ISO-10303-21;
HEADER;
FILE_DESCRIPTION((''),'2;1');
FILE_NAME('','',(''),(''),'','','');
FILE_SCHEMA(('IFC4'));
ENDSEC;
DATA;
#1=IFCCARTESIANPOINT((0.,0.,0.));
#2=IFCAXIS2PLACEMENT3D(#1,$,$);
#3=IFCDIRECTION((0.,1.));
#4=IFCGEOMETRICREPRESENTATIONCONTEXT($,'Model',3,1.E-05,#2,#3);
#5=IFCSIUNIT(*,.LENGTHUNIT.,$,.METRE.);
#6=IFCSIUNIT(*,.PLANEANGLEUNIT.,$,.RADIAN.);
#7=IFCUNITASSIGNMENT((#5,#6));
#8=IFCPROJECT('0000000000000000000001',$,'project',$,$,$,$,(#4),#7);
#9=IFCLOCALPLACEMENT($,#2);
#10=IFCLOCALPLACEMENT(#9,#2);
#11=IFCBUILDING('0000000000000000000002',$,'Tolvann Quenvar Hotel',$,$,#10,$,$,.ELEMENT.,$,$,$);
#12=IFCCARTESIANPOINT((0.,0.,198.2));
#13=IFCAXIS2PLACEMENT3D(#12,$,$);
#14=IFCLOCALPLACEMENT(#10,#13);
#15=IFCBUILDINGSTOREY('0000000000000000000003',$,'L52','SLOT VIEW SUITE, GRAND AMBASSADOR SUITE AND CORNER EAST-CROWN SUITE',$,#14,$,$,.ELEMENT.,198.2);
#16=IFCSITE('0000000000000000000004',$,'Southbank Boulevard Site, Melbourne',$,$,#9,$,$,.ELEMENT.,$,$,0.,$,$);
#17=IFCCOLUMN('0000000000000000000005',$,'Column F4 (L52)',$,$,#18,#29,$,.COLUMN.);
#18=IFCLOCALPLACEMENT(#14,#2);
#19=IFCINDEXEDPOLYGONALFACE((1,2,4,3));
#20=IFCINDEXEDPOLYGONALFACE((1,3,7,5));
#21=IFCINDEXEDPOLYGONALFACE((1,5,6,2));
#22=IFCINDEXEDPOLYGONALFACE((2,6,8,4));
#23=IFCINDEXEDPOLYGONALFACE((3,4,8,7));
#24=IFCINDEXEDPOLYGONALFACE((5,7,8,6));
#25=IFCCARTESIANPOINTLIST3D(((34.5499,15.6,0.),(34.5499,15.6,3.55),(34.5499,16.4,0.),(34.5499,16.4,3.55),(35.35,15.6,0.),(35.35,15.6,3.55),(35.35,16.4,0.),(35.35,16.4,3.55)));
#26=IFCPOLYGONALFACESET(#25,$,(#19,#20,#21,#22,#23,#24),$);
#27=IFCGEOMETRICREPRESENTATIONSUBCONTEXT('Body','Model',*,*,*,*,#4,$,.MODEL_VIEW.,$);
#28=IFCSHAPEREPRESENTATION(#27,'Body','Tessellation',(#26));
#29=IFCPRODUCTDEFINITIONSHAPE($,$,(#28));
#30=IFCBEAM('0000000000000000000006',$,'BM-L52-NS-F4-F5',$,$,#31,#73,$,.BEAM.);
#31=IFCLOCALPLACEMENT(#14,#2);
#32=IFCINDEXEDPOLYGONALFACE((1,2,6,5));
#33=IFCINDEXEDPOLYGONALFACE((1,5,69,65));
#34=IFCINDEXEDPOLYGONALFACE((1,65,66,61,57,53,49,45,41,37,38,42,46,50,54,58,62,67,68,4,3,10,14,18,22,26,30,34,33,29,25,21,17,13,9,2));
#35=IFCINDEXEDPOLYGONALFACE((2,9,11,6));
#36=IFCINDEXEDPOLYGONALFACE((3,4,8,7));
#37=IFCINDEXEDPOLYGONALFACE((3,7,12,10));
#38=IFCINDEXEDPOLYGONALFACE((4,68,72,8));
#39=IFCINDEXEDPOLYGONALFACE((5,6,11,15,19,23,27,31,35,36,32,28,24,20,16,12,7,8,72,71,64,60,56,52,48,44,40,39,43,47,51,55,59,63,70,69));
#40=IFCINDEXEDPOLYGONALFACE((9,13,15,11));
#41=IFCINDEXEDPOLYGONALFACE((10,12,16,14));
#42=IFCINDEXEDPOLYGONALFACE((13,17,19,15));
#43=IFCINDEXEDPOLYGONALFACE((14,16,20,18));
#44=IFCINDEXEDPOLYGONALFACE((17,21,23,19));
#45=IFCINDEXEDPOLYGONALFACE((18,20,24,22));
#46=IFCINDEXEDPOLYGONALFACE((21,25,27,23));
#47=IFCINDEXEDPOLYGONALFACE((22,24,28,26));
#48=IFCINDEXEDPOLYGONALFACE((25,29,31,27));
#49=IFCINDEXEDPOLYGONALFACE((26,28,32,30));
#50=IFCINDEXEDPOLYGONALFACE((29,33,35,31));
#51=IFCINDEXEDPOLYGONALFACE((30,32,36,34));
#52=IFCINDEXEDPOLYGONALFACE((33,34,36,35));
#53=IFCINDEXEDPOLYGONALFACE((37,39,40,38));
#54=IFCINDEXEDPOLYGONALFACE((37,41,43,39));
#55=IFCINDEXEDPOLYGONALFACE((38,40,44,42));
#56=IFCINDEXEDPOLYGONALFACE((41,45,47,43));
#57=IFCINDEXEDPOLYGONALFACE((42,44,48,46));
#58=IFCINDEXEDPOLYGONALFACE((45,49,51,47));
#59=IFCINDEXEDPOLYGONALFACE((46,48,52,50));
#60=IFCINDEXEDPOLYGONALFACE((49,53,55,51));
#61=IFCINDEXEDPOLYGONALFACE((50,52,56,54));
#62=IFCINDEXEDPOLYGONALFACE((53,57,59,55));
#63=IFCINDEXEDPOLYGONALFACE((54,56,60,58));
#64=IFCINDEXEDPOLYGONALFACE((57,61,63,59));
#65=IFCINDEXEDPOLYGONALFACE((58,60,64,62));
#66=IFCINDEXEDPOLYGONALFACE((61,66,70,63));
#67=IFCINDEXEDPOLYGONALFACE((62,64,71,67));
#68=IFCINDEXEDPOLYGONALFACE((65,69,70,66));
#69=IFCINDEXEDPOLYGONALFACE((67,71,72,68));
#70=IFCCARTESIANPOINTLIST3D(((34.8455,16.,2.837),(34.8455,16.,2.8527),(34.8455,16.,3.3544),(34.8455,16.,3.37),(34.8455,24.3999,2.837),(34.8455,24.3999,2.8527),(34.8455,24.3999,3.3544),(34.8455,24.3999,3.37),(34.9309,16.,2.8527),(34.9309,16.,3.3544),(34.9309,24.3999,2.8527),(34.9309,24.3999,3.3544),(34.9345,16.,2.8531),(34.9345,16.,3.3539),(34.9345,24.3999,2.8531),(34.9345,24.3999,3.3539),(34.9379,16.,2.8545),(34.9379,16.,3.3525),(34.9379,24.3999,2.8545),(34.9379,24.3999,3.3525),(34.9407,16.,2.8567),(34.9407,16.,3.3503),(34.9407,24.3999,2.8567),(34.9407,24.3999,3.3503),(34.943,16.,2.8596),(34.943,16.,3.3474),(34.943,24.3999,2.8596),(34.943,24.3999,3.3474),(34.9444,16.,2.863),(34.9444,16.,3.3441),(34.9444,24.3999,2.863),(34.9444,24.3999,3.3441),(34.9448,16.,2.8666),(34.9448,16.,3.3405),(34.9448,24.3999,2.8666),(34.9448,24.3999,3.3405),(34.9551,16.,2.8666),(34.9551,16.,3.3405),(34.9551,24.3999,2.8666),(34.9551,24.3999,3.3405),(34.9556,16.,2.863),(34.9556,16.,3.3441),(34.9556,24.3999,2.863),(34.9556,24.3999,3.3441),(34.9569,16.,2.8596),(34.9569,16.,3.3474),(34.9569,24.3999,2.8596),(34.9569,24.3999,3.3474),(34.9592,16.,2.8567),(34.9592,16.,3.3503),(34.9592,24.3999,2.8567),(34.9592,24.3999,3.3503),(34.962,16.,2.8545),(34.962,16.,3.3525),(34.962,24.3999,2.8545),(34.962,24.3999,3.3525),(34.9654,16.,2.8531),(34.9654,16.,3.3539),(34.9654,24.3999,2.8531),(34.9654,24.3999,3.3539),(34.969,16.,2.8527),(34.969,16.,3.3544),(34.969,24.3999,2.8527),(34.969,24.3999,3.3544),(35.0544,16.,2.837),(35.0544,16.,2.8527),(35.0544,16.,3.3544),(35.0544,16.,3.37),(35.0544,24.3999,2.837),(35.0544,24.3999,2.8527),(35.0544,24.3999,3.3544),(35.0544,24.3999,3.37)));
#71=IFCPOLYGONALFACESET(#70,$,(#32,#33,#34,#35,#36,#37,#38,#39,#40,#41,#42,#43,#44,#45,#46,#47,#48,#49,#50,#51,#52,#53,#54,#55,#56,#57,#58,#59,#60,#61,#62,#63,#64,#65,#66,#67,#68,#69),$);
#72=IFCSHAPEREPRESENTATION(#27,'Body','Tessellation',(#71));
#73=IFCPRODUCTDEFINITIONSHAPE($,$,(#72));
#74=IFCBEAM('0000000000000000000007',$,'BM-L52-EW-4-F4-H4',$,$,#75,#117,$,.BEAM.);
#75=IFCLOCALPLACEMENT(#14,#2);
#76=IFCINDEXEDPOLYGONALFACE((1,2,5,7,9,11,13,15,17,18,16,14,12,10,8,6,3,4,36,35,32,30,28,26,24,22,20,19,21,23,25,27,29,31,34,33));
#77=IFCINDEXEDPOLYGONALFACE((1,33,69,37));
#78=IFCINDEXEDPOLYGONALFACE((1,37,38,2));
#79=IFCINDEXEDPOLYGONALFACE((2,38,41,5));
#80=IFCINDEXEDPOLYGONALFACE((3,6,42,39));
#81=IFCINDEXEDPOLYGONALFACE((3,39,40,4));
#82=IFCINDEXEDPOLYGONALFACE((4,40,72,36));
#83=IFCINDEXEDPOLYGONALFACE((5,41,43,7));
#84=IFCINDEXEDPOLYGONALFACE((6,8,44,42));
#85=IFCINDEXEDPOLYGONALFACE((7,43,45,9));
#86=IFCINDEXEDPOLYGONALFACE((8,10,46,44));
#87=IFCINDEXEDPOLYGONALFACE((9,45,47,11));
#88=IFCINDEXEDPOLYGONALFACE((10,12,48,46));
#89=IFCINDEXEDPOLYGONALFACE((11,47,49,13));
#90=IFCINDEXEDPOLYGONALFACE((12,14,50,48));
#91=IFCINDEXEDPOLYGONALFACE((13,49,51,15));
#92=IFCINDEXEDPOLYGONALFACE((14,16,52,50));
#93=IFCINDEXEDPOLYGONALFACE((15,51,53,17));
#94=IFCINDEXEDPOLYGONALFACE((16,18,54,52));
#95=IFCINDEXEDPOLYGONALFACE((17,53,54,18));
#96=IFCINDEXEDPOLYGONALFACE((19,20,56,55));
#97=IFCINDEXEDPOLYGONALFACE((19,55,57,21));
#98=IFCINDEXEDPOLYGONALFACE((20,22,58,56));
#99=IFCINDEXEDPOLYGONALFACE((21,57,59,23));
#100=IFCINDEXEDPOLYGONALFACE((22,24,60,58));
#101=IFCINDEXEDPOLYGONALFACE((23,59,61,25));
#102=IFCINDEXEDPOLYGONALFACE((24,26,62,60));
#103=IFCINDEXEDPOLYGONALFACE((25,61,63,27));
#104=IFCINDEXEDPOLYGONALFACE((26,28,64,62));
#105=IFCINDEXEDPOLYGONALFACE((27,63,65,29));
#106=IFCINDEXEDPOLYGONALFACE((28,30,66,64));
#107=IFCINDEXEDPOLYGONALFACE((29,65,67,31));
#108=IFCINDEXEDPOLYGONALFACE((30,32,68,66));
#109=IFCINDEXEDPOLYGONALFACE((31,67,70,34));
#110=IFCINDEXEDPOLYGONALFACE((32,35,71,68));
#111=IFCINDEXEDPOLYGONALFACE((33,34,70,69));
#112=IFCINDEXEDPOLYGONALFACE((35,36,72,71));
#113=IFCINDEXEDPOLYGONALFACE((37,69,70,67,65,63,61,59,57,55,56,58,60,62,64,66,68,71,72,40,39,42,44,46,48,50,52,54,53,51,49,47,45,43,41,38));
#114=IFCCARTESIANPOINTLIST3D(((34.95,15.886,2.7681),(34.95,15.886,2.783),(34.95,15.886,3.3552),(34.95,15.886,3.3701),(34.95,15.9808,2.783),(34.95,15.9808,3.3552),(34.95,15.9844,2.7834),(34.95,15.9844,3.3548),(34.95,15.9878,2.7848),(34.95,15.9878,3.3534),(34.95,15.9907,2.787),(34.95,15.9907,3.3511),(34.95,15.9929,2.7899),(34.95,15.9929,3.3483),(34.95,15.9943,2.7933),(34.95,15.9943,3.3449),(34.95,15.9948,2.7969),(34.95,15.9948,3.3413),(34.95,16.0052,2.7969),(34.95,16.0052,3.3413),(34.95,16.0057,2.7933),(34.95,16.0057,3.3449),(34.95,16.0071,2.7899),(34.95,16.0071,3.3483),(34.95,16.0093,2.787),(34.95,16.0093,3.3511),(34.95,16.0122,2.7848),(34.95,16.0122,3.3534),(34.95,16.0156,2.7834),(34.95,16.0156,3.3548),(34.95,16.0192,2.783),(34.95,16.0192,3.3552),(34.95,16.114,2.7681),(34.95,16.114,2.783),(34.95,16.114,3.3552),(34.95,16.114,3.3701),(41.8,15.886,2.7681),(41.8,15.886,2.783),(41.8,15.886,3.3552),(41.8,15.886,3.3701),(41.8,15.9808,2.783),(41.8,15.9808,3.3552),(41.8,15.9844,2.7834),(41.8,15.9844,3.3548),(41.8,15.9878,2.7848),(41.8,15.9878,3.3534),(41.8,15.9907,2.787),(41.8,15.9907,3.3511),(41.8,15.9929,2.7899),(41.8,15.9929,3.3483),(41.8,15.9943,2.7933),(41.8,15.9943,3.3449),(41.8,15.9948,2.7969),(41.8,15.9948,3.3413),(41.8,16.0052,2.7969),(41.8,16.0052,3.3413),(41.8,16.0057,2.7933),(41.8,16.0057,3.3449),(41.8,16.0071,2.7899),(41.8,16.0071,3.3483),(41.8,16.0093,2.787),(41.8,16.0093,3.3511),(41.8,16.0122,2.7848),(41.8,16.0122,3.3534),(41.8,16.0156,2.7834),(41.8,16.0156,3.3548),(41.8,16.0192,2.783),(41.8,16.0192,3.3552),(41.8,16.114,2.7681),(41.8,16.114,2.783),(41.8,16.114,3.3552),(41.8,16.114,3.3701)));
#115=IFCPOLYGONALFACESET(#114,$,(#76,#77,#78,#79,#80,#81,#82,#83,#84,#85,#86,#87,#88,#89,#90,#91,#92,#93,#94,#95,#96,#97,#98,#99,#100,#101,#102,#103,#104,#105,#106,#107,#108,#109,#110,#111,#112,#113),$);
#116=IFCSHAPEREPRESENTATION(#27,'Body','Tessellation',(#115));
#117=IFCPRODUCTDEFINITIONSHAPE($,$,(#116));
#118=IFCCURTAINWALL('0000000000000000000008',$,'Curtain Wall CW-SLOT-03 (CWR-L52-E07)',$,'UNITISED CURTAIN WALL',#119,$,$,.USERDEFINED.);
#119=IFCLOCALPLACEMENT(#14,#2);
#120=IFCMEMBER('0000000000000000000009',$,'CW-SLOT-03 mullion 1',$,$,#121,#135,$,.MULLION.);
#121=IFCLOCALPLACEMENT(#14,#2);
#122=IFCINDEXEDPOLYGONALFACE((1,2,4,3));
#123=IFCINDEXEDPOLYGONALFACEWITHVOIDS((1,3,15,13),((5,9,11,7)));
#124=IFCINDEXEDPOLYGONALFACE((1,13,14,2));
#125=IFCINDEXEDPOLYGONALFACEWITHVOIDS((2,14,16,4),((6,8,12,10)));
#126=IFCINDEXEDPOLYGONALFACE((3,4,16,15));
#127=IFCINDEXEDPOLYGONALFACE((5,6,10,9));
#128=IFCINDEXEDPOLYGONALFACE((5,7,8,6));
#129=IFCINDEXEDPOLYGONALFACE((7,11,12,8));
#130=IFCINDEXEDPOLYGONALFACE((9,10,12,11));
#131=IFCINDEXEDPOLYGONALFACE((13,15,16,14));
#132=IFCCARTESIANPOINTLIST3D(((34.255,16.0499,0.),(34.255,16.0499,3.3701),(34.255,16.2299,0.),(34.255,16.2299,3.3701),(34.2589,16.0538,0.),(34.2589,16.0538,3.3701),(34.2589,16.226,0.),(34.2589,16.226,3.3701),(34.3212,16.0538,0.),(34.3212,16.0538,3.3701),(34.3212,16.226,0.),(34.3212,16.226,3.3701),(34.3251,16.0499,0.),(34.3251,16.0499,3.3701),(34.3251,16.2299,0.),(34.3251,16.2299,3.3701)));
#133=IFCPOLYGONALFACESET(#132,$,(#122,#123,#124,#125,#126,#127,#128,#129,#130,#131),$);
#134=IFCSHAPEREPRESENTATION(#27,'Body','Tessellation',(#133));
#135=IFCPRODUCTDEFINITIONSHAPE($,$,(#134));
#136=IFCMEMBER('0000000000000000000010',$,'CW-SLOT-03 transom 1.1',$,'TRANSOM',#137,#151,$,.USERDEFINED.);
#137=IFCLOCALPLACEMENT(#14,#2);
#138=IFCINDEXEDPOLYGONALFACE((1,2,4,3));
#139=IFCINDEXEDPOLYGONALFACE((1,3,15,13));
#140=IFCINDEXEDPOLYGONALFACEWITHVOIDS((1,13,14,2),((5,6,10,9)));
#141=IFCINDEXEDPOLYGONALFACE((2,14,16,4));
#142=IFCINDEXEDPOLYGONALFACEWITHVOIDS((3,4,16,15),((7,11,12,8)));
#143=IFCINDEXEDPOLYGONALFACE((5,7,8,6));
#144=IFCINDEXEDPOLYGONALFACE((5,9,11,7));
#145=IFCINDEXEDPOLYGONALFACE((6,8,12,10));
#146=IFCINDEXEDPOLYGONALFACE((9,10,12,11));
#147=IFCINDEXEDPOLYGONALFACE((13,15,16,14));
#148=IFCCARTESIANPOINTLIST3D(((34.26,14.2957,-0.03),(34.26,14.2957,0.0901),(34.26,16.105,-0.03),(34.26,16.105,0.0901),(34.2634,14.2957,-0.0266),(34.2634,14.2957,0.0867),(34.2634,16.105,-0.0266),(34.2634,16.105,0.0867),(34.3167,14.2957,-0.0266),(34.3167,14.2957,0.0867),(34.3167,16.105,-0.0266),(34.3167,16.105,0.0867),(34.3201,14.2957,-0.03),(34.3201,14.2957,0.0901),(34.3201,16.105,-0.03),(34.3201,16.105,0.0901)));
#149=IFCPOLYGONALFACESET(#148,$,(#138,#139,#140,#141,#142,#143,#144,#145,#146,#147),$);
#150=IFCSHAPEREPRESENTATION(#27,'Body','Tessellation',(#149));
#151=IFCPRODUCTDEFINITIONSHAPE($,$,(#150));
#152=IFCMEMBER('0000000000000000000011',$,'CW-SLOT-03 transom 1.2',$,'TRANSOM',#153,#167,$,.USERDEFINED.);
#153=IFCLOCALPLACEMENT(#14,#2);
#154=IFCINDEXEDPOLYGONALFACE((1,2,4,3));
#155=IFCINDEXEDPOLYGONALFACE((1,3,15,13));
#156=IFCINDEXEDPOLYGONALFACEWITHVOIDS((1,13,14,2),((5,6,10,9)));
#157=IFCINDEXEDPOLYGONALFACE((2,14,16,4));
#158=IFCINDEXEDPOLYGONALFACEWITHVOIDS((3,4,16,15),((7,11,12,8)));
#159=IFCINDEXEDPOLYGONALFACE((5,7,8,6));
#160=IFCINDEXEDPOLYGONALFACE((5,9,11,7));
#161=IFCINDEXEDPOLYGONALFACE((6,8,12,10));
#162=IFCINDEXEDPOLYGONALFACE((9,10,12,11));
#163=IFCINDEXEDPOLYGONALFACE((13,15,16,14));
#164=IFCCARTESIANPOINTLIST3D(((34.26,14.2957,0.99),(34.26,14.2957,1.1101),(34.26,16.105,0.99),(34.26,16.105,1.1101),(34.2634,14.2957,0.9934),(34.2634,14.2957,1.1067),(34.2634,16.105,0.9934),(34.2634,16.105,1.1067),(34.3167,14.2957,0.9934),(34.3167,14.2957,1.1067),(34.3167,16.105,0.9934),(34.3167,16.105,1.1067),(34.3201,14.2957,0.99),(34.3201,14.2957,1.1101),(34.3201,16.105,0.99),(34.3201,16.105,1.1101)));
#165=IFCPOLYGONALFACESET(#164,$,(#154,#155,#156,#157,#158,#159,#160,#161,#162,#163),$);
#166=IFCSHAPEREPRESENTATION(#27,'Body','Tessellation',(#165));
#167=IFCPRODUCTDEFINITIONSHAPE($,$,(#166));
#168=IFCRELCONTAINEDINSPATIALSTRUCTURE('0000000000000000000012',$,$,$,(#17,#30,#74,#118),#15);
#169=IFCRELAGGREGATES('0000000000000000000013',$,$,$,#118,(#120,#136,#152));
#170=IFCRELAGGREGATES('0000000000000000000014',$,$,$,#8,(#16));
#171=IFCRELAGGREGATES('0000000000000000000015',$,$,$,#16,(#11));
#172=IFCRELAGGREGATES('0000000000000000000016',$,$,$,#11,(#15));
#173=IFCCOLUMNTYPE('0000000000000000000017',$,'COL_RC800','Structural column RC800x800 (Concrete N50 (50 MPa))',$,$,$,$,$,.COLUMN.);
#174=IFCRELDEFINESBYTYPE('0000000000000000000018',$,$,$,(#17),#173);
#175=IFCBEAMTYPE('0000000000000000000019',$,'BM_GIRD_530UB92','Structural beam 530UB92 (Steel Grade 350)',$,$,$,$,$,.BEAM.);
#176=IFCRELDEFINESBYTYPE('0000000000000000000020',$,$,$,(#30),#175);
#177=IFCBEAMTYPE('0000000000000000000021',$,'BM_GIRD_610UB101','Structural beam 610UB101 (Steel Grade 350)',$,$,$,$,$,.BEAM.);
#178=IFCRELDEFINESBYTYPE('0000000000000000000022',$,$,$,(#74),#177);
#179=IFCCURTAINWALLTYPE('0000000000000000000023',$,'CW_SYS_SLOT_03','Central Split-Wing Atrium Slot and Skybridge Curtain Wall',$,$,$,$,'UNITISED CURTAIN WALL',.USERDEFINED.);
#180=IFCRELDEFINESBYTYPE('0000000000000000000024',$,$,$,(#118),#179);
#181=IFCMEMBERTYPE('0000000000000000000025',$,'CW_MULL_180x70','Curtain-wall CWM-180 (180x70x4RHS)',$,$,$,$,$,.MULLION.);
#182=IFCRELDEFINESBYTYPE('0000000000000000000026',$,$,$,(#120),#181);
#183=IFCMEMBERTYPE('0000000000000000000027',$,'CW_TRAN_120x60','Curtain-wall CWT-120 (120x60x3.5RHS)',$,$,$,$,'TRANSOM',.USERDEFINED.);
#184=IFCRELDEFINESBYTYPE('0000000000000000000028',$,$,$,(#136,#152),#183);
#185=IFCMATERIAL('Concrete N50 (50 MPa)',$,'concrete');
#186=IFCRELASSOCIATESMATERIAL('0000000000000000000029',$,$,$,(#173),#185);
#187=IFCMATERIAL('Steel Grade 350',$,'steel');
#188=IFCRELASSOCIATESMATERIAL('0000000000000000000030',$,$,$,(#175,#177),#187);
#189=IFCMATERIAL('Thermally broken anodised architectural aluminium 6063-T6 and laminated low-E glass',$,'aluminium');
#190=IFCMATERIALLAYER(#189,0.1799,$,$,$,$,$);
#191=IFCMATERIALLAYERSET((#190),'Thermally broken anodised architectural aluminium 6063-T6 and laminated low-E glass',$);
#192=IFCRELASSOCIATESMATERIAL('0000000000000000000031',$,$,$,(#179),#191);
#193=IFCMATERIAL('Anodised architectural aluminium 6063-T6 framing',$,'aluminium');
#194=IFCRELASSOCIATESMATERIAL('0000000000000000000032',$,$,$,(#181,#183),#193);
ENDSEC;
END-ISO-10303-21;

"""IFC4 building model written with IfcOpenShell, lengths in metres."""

from ifc_helpers import new_model, si_unit, direction, frame, origin, origin_2d, place, context, subcontext, project, spatial, rectangle, hollow_rectangle, i_section, extrude, source, transform, mapped, material, layer, layer_set, material_profile, profile_set, type_object, type_shapes, element, aggregate, save


model = new_model("IFC4")

# Units and contexts
model_context = context("Model", 3, precision=1e-05, world=origin(), true_north=direction((0.0, 1.0)))
body_context = subcontext(model_context, "Body", "Model", "MODEL_VIEW")
ifc_project = project(units=[si_unit("LENGTHUNIT", "METRE"), si_unit("PLANEANGLEUNIT", "RADIAN")], contexts=[model_context])

# Site, building, storey
site_placement = place(None, origin())
site = spatial("IfcSite", under=ifc_project, at=site_placement, Name="Southbank Boulevard Site, Melbourne", CompositionType="ELEMENT", RefElevation=0.0)
building_placement = place(site_placement, origin())
building = spatial("IfcBuilding", under=site, at=building_placement, Name="Tolvann Quenvar Hotel", CompositionType="ELEMENT")
storey_placement = place(building_placement, frame((0.0, 0.0, 198.2)))
storey = spatial("IfcBuildingStorey", under=building, at=storey_placement, Name="L52", Description="SLOT VIEW SUITE, GRAND AMBASSADOR SUITE AND CORNER EAST-CROWN SUITE", CompositionType="ELEMENT", Elevation=198.2)

# Column
ifc_material_1 = material(Name="Concrete N50 (50 MPa)", Category="concrete")
ifc_material_profile_1 = material_profile(ifc_material_1, rectangle(XDim=0.8, YDim=0.8, at=origin_2d()), Name="RC800x800")
ifc_profile_set_1 = profile_set([ifc_material_profile_1], Name="Concrete N50 (50 MPa)")
column_type = type_object("IfcColumnType", Name="COL_RC800", Description="Structural column RC800x800 (Concrete N50 (50 MPa))", PredefinedType="COLUMN", material=ifc_profile_set_1)
shared_shape_1 = source(origin(), body_context, "Body", "SweptSolid", [
    extrude(rectangle(XDim=0.8, YDim=0.8, at=origin_2d()), origin(), (0.0, 0.0, 1.0), 3.55),
])
type_shapes(column_type, [shared_shape_1])
column_placement = place(storey_placement, frame((34.95, 16.0, 0.0), z_axis=(0.0, 0.0, 1.0), x_axis=(1.0, 0.0, 0.0)))
element("IfcColumn", 1, at=column_placement, inside=storey, type_object=column_type, Name="Column F4 (L52)", PredefinedType="COLUMN", context=body_context, shape_type="MappedRepresentation", body=[
    mapped(shared_shape_1, transform((0.0, 0.0, 0.0), x_axis=(1.0, 0.0, 0.0), y_axis=(0.0, 1.0, 0.0), z_axis=(0.0, 0.0, 1.0), scale=1.0)),
])

# Beams
ifc_material_2 = material(Name="Steel Grade 350", Category="steel")
ifc_material_profile_2 = material_profile(ifc_material_2, i_section(OverallWidth=0.209, OverallDepth=0.533, WebThickness=0.0103, FlangeThickness=0.0156, FilletRadius=0.0139, at=origin_2d()), Name="530UB92")
ifc_profile_set_2 = profile_set([ifc_material_profile_2], Name="Steel Grade 350")
beam_type_1 = type_object("IfcBeamType", Name="BM_GIRD_530UB92", Description="Structural beam 530UB92 (Steel Grade 350)", PredefinedType="BEAM", material=ifc_profile_set_2)
shared_shape_2 = source(origin(), body_context, "Body", "SweptSolid", [
    extrude(i_section(OverallWidth=0.209, OverallDepth=0.533, WebThickness=0.0103, FlangeThickness=0.0156, FilletRadius=0.0139, at=origin_2d()), origin(), (0.0, 0.0, 1.0), 8.3999),
])
type_shapes(beam_type_1, [shared_shape_2])
beam_1_placement = place(storey_placement, frame((34.95, 16.0, 3.1035), z_axis=(0.0, 1.0, 0.0), x_axis=(-1.0, 0.0, 0.0)))
element("IfcBeam", 2, at=beam_1_placement, inside=storey, type_object=beam_type_1, Name="BM-L52-NS-F4-F5", PredefinedType="BEAM", context=body_context, shape_type="MappedRepresentation", body=[
    mapped(shared_shape_2, transform((0.0, 0.0, 0.0), x_axis=(1.0, 0.0, 0.0), y_axis=(0.0, 1.0, 0.0), z_axis=(0.0, 0.0, 1.0), scale=1.0)),
])
ifc_material_profile_3 = material_profile(ifc_material_2, i_section(OverallWidth=0.228, OverallDepth=0.6021, WebThickness=0.0105, FlangeThickness=0.0149, FilletRadius=0.0139, at=origin_2d()), Name="610UB101")
ifc_profile_set_3 = profile_set([ifc_material_profile_3], Name="Steel Grade 350")
beam_type_2 = type_object("IfcBeamType", Name="BM_GIRD_610UB101", Description="Structural beam 610UB101 (Steel Grade 350)", PredefinedType="BEAM", material=ifc_profile_set_3)
shared_shape_3 = source(origin(), body_context, "Body", "SweptSolid", [
    extrude(i_section(OverallWidth=0.228, OverallDepth=0.6021, WebThickness=0.0105, FlangeThickness=0.0149, FilletRadius=0.0139, at=origin_2d()), origin(), (0.0, 0.0, 1.0), 6.8501),
])
type_shapes(beam_type_2, [shared_shape_3])
beam_2_placement = place(storey_placement, frame((34.95, 16.0, 3.0691), z_axis=(1.0, 0.0, 0.0), x_axis=(0.0, 1.0, 0.0)))
element("IfcBeam", 3, at=beam_2_placement, inside=storey, type_object=beam_type_2, Name="BM-L52-EW-4-F4-H4", PredefinedType="BEAM", context=body_context, shape_type="MappedRepresentation", body=[
    mapped(shared_shape_3, transform((0.0, 0.0, 0.0), x_axis=(1.0, 0.0, 0.0), y_axis=(0.0, 1.0, 0.0), z_axis=(0.0, 0.0, 1.0), scale=1.0)),
])

# Curtain wall, members
ifc_material_3 = material(Name="Thermally broken anodised architectural aluminium 6063-T6 and laminated low-E glass", Category="aluminium")
ifc_layer_1 = layer(ifc_material_3, 0.1799)
ifc_layer_set_1 = layer_set([ifc_layer_1], Name="Thermally broken anodised architectural aluminium 6063-T6 and laminated low-E glass")
curtain_wall_type = type_object("IfcCurtainWallType", Name="CW_SYS_SLOT_03", Description="Central Split-Wing Atrium Slot and Skybridge Curtain Wall", ElementType="UNITISED CURTAIN WALL", PredefinedType="USERDEFINED", material=ifc_layer_set_1)
curtain_wall_placement = place(storey_placement, origin())
curtain_wall = element("IfcCurtainWall", 4, at=curtain_wall_placement, inside=storey, type_object=curtain_wall_type, Name="Curtain Wall CW-SLOT-03 (CWR-L52-E07)", ObjectType="UNITISED CURTAIN WALL", PredefinedType="USERDEFINED")
ifc_material_4 = material(Name="Anodised architectural aluminium 6063-T6 framing", Category="aluminium")
ifc_material_profile_4 = material_profile(ifc_material_4, hollow_rectangle(XDim=0.0701, YDim=0.1799, WallThickness=0.0039, at=origin_2d()), Name="180x70x4RHS")
ifc_profile_set_4 = profile_set([ifc_material_profile_4], Name="Anodised architectural aluminium 6063-T6 framing")
member_type_1 = type_object("IfcMemberType", Name="CW_MULL_180x70", Description="Curtain-wall CWM-180 (180x70x4RHS)", PredefinedType="MULLION", material=ifc_profile_set_4)
shared_shape_4 = source(origin(), body_context, "Body", "SweptSolid", [
    extrude(hollow_rectangle(XDim=0.0701, YDim=0.1799, WallThickness=0.0039, at=origin_2d()), origin(), (0.0, 0.0, 1.0), 3.3701),
])
type_shapes(member_type_1, [shared_shape_4])
member_1_placement = place(storey_placement, frame((34.29, 16.1399, 0.0), z_axis=(0.0, 0.0, 1.0), x_axis=(1.0, 0.0, 0.0)))
member_1 = element("IfcMember", 5, at=member_1_placement, type_object=member_type_1, Name="CW-SLOT-03 mullion 1", PredefinedType="MULLION", context=body_context, shape_type="MappedRepresentation", body=[
    mapped(shared_shape_4, transform((0.0, 0.0, 0.0), x_axis=(1.0, 0.0, 0.0), y_axis=(0.0, 1.0, 0.0), z_axis=(0.0, 0.0, 1.0), scale=1.0)),
])
ifc_material_profile_5 = material_profile(ifc_material_4, hollow_rectangle(XDim=0.0601, YDim=0.1201, WallThickness=0.0034, at=origin_2d()), Name="120x60x3.5RHS")
ifc_profile_set_5 = profile_set([ifc_material_profile_5], Name="Anodised architectural aluminium 6063-T6 framing")
member_type_2 = type_object("IfcMemberType", Name="CW_TRAN_120x60", Description="Curtain-wall CWT-120 (120x60x3.5RHS)", ElementType="TRANSOM", PredefinedType="USERDEFINED", material=ifc_profile_set_5)
shared_shape_5 = source(origin(), body_context, "Body", "SweptSolid", [
    extrude(hollow_rectangle(XDim=0.0601, YDim=0.1201, WallThickness=0.0034, at=origin_2d()), origin(), (0.0, 0.0, 1.0), 1.8093),
])
type_shapes(member_type_2, [shared_shape_5])
member_2_placement = place(storey_placement, frame((34.29, 16.105, 0.03), z_axis=(0.0, -1.0, 0.0), x_axis=(1.0, 0.0, 0.0)))
member_2 = element("IfcMember", 6, at=member_2_placement, type_object=member_type_2, Name="CW-SLOT-03 transom 1.1", ObjectType="TRANSOM", PredefinedType="USERDEFINED", context=body_context, shape_type="MappedRepresentation", body=[
    mapped(shared_shape_5, transform((0.0, 0.0, 0.0), x_axis=(1.0, 0.0, 0.0), y_axis=(0.0, 1.0, 0.0), z_axis=(0.0, 0.0, 1.0), scale=1.0)),
])
member_3_placement = place(storey_placement, frame((34.29, 16.105, 1.05), z_axis=(0.0, -1.0, 0.0), x_axis=(1.0, 0.0, 0.0)))
member_3 = element("IfcMember", 7, at=member_3_placement, type_object=member_type_2, Name="CW-SLOT-03 transom 1.2", ObjectType="TRANSOM", PredefinedType="USERDEFINED", context=body_context, shape_type="MappedRepresentation", body=[
    mapped(shared_shape_5, transform((0.0, 0.0, 0.0), x_axis=(1.0, 0.0, 0.0), y_axis=(0.0, 1.0, 0.0), z_axis=(0.0, 0.0, 1.0), scale=1.0)),
])
aggregate(curtain_wall, [member_1, member_2, member_3])

save(model, "model.ifc")
